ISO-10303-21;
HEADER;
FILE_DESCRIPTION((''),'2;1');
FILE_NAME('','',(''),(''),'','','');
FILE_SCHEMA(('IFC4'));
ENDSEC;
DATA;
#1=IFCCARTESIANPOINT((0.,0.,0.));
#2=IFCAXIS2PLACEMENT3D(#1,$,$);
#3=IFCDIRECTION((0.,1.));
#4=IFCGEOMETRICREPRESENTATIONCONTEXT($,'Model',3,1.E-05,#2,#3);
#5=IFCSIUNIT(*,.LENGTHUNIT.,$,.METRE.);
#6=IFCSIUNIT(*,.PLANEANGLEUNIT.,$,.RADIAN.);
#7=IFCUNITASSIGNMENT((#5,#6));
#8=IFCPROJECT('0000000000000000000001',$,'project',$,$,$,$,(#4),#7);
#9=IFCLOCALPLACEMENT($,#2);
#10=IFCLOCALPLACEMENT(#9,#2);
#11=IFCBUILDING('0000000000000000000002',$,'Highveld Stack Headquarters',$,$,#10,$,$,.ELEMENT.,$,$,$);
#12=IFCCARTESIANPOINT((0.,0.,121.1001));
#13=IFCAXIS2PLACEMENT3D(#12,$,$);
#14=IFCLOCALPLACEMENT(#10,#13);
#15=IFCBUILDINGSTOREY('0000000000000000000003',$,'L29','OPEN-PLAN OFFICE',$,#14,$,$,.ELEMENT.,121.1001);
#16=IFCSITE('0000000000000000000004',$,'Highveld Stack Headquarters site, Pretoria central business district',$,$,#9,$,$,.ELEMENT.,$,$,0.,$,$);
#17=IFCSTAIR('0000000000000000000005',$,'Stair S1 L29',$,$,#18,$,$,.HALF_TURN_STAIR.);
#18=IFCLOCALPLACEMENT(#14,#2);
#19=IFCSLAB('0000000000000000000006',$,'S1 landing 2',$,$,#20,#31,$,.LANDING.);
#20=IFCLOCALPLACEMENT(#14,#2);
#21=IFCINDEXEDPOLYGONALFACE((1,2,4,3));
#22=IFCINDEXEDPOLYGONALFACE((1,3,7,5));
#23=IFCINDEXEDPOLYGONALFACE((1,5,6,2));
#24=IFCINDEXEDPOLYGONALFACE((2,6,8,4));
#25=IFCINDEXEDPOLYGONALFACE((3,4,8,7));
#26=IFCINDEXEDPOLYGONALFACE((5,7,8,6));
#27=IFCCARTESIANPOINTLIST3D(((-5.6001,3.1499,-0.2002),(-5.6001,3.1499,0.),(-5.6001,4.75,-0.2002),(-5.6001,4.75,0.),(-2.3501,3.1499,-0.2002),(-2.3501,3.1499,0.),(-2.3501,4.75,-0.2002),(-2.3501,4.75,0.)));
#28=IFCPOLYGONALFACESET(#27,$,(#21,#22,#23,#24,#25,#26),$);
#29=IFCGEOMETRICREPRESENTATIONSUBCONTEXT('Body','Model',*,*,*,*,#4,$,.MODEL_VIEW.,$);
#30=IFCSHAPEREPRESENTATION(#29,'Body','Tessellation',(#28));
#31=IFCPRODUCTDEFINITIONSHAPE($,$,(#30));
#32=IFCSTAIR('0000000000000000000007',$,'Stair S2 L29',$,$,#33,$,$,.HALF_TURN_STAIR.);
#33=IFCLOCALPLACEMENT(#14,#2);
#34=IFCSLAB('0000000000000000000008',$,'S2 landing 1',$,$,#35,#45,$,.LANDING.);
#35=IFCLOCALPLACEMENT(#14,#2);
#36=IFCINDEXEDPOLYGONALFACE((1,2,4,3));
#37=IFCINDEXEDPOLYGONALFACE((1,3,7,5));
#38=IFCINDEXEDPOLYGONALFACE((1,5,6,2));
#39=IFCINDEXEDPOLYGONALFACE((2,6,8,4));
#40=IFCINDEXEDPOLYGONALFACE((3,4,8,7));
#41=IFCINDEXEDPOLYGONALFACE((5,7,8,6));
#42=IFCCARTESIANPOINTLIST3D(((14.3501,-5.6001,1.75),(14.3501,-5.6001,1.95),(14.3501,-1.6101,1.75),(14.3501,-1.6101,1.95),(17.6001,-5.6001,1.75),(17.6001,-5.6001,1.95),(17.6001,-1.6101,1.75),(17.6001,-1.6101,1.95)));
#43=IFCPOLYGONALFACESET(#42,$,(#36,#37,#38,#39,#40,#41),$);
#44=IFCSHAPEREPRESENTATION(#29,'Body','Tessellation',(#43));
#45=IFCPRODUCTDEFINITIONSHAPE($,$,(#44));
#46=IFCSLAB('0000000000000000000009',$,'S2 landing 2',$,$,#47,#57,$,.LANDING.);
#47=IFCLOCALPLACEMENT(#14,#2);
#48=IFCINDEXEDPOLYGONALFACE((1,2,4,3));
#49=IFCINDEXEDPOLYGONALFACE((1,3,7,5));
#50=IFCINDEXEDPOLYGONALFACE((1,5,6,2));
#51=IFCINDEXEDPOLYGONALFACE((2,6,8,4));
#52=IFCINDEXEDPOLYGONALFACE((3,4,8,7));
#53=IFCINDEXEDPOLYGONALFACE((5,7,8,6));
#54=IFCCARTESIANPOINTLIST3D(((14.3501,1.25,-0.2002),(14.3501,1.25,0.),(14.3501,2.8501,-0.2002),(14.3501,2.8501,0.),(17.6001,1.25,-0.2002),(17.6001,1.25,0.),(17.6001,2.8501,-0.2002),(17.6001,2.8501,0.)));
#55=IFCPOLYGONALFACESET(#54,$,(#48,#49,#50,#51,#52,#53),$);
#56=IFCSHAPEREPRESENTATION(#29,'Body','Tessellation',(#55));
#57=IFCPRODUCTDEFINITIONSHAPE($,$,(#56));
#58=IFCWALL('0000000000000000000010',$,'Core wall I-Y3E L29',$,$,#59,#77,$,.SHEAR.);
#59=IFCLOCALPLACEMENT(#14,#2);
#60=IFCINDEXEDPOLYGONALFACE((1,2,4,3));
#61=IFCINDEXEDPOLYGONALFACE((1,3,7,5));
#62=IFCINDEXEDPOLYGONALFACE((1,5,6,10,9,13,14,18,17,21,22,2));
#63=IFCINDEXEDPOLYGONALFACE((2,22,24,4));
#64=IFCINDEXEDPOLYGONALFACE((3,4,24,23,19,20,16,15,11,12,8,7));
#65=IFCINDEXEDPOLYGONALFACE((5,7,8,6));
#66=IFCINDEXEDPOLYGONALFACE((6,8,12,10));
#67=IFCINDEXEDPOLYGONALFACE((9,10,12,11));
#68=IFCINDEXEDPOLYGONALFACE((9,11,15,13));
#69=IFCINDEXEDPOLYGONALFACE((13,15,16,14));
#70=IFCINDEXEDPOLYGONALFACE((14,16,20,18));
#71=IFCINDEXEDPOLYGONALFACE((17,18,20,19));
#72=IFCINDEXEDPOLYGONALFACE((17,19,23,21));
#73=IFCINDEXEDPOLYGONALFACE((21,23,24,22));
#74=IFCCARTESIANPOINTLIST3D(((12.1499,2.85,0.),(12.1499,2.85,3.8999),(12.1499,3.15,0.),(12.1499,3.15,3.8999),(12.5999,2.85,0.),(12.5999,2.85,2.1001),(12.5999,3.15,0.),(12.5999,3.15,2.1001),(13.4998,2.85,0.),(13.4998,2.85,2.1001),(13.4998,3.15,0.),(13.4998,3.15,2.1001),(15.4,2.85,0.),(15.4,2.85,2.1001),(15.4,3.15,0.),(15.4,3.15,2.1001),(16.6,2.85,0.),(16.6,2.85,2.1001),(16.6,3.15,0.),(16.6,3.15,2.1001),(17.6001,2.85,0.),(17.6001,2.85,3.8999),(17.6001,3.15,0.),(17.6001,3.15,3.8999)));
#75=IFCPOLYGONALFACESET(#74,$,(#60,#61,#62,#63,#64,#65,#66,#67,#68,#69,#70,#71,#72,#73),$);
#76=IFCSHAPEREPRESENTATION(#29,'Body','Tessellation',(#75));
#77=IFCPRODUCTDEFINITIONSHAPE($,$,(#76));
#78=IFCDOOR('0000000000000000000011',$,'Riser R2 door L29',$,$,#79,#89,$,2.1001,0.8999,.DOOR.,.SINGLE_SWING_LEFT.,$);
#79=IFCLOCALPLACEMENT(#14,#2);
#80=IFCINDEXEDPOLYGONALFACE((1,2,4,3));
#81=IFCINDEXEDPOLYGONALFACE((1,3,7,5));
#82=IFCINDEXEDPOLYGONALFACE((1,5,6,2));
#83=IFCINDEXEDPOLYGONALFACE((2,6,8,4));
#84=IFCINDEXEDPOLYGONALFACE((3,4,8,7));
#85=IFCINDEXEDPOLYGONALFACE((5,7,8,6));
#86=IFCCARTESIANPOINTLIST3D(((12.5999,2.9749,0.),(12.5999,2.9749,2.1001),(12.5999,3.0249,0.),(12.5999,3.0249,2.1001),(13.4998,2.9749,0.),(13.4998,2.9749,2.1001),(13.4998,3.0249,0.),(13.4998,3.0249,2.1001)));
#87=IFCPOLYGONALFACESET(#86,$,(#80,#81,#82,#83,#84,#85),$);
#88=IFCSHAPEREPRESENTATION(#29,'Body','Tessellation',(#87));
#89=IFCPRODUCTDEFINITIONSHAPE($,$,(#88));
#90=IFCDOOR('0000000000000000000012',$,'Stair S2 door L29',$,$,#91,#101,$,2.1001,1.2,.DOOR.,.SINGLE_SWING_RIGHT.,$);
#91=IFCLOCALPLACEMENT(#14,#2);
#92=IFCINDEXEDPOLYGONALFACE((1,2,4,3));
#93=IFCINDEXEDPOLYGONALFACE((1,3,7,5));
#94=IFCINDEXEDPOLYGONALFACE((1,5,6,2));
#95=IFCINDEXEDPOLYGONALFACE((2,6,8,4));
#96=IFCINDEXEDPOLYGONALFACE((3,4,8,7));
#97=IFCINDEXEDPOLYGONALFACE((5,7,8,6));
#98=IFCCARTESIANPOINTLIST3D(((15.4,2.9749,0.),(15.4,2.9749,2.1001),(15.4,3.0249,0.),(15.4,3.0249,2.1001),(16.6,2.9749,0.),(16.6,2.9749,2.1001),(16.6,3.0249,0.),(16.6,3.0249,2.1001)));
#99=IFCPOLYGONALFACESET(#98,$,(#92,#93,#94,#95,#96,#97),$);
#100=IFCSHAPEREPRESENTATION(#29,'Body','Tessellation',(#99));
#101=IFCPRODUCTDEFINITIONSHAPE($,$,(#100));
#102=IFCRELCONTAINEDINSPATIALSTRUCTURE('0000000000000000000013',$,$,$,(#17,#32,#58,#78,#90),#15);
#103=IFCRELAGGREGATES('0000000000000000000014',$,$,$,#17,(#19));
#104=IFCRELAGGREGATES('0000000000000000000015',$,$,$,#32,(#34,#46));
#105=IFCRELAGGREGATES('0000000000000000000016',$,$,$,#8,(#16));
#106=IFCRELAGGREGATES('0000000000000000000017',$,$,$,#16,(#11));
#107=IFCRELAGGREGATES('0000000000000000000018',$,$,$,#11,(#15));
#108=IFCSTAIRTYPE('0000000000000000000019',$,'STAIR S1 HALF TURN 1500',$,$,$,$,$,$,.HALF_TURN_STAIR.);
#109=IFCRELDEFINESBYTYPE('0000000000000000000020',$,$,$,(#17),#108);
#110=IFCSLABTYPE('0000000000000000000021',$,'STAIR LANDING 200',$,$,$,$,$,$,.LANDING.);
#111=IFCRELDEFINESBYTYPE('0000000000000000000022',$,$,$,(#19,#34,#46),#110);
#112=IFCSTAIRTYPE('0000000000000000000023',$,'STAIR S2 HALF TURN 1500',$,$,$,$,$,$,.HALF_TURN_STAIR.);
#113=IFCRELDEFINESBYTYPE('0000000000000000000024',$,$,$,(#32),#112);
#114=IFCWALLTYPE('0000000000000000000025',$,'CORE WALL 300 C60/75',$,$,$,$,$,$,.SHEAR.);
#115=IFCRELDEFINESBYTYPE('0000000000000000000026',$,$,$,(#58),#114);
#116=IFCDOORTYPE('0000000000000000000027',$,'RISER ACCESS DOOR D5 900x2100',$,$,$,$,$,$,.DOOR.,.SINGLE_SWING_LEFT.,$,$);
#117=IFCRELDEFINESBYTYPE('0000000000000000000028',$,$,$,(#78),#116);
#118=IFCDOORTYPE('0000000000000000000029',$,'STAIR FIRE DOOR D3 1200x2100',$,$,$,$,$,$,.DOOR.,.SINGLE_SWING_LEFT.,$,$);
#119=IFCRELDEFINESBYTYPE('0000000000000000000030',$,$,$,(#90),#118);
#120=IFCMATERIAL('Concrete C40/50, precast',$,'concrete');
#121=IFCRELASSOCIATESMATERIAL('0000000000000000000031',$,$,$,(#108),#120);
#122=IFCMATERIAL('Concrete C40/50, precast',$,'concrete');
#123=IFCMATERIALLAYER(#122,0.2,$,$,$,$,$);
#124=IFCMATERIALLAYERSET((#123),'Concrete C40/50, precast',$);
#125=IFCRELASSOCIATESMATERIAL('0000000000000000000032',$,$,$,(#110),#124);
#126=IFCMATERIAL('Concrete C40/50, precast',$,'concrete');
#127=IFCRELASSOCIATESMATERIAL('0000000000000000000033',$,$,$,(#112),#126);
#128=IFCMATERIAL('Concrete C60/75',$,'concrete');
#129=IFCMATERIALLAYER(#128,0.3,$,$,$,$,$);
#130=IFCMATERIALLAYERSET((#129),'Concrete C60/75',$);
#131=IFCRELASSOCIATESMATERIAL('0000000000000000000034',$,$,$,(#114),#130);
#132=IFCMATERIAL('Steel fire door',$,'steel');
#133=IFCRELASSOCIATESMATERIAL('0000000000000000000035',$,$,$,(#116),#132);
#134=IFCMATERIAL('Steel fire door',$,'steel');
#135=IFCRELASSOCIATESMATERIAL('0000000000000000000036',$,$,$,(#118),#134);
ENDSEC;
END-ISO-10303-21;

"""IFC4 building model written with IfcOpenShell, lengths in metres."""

from ifc_helpers import new_model, si_unit, direction, frame, frame_2d, origin, place, context, subcontext, project, spatial, polyline, rectangle, outline, extrude, material, layer, layer_set, type_object, element, fill, aggregate, save


model = new_model("IFC4")

# Units and contexts
model_context = context("Model", 3, precision=1e-05, world=origin(), true_north=direction((0.0, 1.0)))
body_context = subcontext(model_context, "Body", "Model", "MODEL_VIEW")
ifc_project = project(units=[si_unit("LENGTHUNIT", "METRE"), si_unit("PLANEANGLEUNIT", "RADIAN")], contexts=[model_context])

# Site, building, storey
site_placement = place(None, origin())
site = spatial("IfcSite", under=ifc_project, at=site_placement, Name="Highveld Stack Headquarters site, Pretoria central business district", CompositionType="ELEMENT", RefElevation=0.0)
building_placement = place(site_placement, origin())
building = spatial("IfcBuilding", under=site, at=building_placement, Name="Highveld Stack Headquarters", CompositionType="ELEMENT")
storey_placement = place(building_placement, frame((0.0, 0.0, 121.1001)))
storey = spatial("IfcBuildingStorey", under=building, at=storey_placement, Name="L29", Description="OPEN-PLAN OFFICE", CompositionType="ELEMENT", Elevation=121.1001)

# Stair, slab
ifc_material_1 = material(Name="Concrete C40/50, precast", Category="concrete")
stair_type_1 = type_object("IfcStairType", Name="STAIR S1 HALF TURN 1500", PredefinedType="HALF_TURN_STAIR", material=ifc_material_1)
stair_1_placement = place(storey_placement, origin())
stair_1 = element("IfcStair", 1, at=stair_1_placement, inside=storey, type_object=stair_type_1, Name="Stair S1 L29", PredefinedType="HALF_TURN_STAIR")
ifc_material_2 = material(Name="Concrete C40/50, precast", Category="concrete")
ifc_layer_1 = layer(ifc_material_2, 0.2)
ifc_layer_set_1 = layer_set([ifc_layer_1], Name="Concrete C40/50, precast")
slab_type = type_object("IfcSlabType", Name="STAIR LANDING 200", PredefinedType="LANDING", material=ifc_layer_set_1)
slab_1_placement = place(storey_placement, frame((0.0, 0.0, -0.2002)))
slab_1 = element("IfcSlab", 2, at=slab_1_placement, type_object=slab_type, Name="S1 landing 2", PredefinedType="LANDING", context=body_context, shape_type="SweptSolid", body=[
    extrude(outline(polyline([(-5.6001, 3.1499), (-2.3501, 3.1499), (-2.3501, 4.75), (-5.6001, 4.75), (-5.6001, 3.1499)])), origin(), (0.0, 0.0, 1.0), 0.2002),
])
aggregate(stair_1, [slab_1])

# Stair, slabs
ifc_material_3 = material(Name="Concrete C40/50, precast", Category="concrete")
stair_type_2 = type_object("IfcStairType", Name="STAIR S2 HALF TURN 1500", PredefinedType="HALF_TURN_STAIR", material=ifc_material_3)
stair_2_placement = place(storey_placement, origin())
stair_2 = element("IfcStair", 3, at=stair_2_placement, inside=storey, type_object=stair_type_2, Name="Stair S2 L29", PredefinedType="HALF_TURN_STAIR")
slab_2_placement = place(storey_placement, frame((0.0, 0.0, 1.75)))
slab_2 = element("IfcSlab", 4, at=slab_2_placement, type_object=slab_type, Name="S2 landing 1", PredefinedType="LANDING", context=body_context, shape_type="SweptSolid", body=[
    extrude(outline(polyline([(14.3501, -5.6001), (17.6001, -5.6001), (17.6001, -1.6101), (14.3501, -1.6101), (14.3501, -5.6001)])), origin(), (0.0, 0.0, 1.0), 0.2),
])
slab_3_placement = place(storey_placement, frame((0.0, 0.0, -0.2002)))
slab_3 = element("IfcSlab", 5, at=slab_3_placement, type_object=slab_type, Name="S2 landing 2", PredefinedType="LANDING", context=body_context, shape_type="SweptSolid", body=[
    extrude(outline(polyline([(14.3501, 1.25), (17.6001, 1.25), (17.6001, 2.8501), (14.3501, 2.8501), (14.3501, 1.25)])), origin(), (0.0, 0.0, 1.0), 0.2002),
])
aggregate(stair_2, [slab_2, slab_3])

# Wall, openings, doors
ifc_material_4 = material(Name="Concrete C60/75", Category="concrete")
ifc_layer_2 = layer(ifc_material_4, 0.3)
ifc_layer_set_2 = layer_set([ifc_layer_2], Name="Concrete C60/75")
wall_type_1 = type_object("IfcWallType", Name="CORE WALL 300 C60/75", PredefinedType="SHEAR", material=ifc_layer_set_2)
wall_1_placement = place(storey_placement, frame((12.1499, 3.0, 0.0), z_axis=(0.0, 0.0, 1.0), x_axis=(1.0, 0.0, 0.0)))
wall_1 = element("IfcWall", 6, at=wall_1_placement, inside=storey, type_object=wall_type_1, Name="Core wall I-Y3E L29", PredefinedType="SHEAR", context=body_context, shape_type="SweptSolid", body=[
    extrude(rectangle(XDim=5.4502, YDim=0.3, at=frame_2d((2.7251, 0.0))), origin(), (0.0, 0.0, 1.0), 3.8999),
])
opening_1_placement = place(wall_1_placement, frame((3.25, 0.0, 0.0)))
opening_1 = element("IfcOpeningElement", 7, at=opening_1_placement, cuts=wall_1, PredefinedType="OPENING", context=body_context, shape_type="SweptSolid", body=[
    extrude(rectangle(XDim=1.2, YDim=2.1001, at=frame_2d((0.6001, 1.05))), frame((0.0, 0.1599, 0.0), z_axis=(0.0, -1.0, 0.0), x_axis=(1.0, 0.0, 0.0)), (0.0, 0.0, 1.0), 0.3201),
])
opening_2_placement = place(wall_1_placement, frame((0.45, 0.0, 0.0)))
opening_2 = element("IfcOpeningElement", 8, at=opening_2_placement, cuts=wall_1, PredefinedType="OPENING", context=body_context, shape_type="SweptSolid", body=[
    extrude(rectangle(XDim=0.8999, YDim=2.1001, at=frame_2d((0.45, 1.05))), frame((0.0, 0.1599, 0.0), z_axis=(0.0, -1.0, 0.0), x_axis=(1.0, 0.0, 0.0)), (0.0, 0.0, 1.0), 0.3201),
])
ifc_material_5 = material(Name="Steel fire door", Category="steel")
door_type_1 = type_object("IfcDoorType", Name="RISER ACCESS DOOR D5 900x2100", OperationType="SINGLE_SWING_LEFT", PredefinedType="DOOR", material=ifc_material_5)
door_1_placement = place(opening_2_placement, origin())
door_1 = element("IfcDoor", 9, at=door_1_placement, inside=storey, type_object=door_type_1, Name="Riser R2 door L29", OperationType="SINGLE_SWING_LEFT", OverallHeight=2.1001, OverallWidth=0.8999, PredefinedType="DOOR", context=body_context, shape_type="SweptSolid", body=[
    extrude(rectangle(XDim=0.8999, YDim=2.1001, at=frame_2d((0.45, 1.05))), frame((0.0, 0.0249, 0.0), z_axis=(0.0, -1.0, 0.0), x_axis=(1.0, 0.0, 0.0)), (0.0, 0.0, 1.0), 0.05),
])
fill(opening_2, door_1)
ifc_material_6 = material(Name="Steel fire door", Category="steel")
door_type_2 = type_object("IfcDoorType", Name="STAIR FIRE DOOR D3 1200x2100", OperationType="SINGLE_SWING_LEFT", PredefinedType="DOOR", material=ifc_material_6)
door_2_placement = place(opening_1_placement, origin())
door_2 = element("IfcDoor", 10, at=door_2_placement, inside=storey, type_object=door_type_2, Name="Stair S2 door L29", OperationType="SINGLE_SWING_RIGHT", OverallHeight=2.1001, OverallWidth=1.2, PredefinedType="DOOR", context=body_context, shape_type="SweptSolid", body=[
    extrude(rectangle(XDim=1.2, YDim=2.1001, at=frame_2d((0.6001, 1.05))), frame((0.0, 0.0249, 0.0), z_axis=(0.0, -1.0, 0.0), x_axis=(1.0, 0.0, 0.0)), (0.0, 0.0, 1.0), 0.05),
])
fill(opening_1, door_2)

save(model, "model.ifc")
